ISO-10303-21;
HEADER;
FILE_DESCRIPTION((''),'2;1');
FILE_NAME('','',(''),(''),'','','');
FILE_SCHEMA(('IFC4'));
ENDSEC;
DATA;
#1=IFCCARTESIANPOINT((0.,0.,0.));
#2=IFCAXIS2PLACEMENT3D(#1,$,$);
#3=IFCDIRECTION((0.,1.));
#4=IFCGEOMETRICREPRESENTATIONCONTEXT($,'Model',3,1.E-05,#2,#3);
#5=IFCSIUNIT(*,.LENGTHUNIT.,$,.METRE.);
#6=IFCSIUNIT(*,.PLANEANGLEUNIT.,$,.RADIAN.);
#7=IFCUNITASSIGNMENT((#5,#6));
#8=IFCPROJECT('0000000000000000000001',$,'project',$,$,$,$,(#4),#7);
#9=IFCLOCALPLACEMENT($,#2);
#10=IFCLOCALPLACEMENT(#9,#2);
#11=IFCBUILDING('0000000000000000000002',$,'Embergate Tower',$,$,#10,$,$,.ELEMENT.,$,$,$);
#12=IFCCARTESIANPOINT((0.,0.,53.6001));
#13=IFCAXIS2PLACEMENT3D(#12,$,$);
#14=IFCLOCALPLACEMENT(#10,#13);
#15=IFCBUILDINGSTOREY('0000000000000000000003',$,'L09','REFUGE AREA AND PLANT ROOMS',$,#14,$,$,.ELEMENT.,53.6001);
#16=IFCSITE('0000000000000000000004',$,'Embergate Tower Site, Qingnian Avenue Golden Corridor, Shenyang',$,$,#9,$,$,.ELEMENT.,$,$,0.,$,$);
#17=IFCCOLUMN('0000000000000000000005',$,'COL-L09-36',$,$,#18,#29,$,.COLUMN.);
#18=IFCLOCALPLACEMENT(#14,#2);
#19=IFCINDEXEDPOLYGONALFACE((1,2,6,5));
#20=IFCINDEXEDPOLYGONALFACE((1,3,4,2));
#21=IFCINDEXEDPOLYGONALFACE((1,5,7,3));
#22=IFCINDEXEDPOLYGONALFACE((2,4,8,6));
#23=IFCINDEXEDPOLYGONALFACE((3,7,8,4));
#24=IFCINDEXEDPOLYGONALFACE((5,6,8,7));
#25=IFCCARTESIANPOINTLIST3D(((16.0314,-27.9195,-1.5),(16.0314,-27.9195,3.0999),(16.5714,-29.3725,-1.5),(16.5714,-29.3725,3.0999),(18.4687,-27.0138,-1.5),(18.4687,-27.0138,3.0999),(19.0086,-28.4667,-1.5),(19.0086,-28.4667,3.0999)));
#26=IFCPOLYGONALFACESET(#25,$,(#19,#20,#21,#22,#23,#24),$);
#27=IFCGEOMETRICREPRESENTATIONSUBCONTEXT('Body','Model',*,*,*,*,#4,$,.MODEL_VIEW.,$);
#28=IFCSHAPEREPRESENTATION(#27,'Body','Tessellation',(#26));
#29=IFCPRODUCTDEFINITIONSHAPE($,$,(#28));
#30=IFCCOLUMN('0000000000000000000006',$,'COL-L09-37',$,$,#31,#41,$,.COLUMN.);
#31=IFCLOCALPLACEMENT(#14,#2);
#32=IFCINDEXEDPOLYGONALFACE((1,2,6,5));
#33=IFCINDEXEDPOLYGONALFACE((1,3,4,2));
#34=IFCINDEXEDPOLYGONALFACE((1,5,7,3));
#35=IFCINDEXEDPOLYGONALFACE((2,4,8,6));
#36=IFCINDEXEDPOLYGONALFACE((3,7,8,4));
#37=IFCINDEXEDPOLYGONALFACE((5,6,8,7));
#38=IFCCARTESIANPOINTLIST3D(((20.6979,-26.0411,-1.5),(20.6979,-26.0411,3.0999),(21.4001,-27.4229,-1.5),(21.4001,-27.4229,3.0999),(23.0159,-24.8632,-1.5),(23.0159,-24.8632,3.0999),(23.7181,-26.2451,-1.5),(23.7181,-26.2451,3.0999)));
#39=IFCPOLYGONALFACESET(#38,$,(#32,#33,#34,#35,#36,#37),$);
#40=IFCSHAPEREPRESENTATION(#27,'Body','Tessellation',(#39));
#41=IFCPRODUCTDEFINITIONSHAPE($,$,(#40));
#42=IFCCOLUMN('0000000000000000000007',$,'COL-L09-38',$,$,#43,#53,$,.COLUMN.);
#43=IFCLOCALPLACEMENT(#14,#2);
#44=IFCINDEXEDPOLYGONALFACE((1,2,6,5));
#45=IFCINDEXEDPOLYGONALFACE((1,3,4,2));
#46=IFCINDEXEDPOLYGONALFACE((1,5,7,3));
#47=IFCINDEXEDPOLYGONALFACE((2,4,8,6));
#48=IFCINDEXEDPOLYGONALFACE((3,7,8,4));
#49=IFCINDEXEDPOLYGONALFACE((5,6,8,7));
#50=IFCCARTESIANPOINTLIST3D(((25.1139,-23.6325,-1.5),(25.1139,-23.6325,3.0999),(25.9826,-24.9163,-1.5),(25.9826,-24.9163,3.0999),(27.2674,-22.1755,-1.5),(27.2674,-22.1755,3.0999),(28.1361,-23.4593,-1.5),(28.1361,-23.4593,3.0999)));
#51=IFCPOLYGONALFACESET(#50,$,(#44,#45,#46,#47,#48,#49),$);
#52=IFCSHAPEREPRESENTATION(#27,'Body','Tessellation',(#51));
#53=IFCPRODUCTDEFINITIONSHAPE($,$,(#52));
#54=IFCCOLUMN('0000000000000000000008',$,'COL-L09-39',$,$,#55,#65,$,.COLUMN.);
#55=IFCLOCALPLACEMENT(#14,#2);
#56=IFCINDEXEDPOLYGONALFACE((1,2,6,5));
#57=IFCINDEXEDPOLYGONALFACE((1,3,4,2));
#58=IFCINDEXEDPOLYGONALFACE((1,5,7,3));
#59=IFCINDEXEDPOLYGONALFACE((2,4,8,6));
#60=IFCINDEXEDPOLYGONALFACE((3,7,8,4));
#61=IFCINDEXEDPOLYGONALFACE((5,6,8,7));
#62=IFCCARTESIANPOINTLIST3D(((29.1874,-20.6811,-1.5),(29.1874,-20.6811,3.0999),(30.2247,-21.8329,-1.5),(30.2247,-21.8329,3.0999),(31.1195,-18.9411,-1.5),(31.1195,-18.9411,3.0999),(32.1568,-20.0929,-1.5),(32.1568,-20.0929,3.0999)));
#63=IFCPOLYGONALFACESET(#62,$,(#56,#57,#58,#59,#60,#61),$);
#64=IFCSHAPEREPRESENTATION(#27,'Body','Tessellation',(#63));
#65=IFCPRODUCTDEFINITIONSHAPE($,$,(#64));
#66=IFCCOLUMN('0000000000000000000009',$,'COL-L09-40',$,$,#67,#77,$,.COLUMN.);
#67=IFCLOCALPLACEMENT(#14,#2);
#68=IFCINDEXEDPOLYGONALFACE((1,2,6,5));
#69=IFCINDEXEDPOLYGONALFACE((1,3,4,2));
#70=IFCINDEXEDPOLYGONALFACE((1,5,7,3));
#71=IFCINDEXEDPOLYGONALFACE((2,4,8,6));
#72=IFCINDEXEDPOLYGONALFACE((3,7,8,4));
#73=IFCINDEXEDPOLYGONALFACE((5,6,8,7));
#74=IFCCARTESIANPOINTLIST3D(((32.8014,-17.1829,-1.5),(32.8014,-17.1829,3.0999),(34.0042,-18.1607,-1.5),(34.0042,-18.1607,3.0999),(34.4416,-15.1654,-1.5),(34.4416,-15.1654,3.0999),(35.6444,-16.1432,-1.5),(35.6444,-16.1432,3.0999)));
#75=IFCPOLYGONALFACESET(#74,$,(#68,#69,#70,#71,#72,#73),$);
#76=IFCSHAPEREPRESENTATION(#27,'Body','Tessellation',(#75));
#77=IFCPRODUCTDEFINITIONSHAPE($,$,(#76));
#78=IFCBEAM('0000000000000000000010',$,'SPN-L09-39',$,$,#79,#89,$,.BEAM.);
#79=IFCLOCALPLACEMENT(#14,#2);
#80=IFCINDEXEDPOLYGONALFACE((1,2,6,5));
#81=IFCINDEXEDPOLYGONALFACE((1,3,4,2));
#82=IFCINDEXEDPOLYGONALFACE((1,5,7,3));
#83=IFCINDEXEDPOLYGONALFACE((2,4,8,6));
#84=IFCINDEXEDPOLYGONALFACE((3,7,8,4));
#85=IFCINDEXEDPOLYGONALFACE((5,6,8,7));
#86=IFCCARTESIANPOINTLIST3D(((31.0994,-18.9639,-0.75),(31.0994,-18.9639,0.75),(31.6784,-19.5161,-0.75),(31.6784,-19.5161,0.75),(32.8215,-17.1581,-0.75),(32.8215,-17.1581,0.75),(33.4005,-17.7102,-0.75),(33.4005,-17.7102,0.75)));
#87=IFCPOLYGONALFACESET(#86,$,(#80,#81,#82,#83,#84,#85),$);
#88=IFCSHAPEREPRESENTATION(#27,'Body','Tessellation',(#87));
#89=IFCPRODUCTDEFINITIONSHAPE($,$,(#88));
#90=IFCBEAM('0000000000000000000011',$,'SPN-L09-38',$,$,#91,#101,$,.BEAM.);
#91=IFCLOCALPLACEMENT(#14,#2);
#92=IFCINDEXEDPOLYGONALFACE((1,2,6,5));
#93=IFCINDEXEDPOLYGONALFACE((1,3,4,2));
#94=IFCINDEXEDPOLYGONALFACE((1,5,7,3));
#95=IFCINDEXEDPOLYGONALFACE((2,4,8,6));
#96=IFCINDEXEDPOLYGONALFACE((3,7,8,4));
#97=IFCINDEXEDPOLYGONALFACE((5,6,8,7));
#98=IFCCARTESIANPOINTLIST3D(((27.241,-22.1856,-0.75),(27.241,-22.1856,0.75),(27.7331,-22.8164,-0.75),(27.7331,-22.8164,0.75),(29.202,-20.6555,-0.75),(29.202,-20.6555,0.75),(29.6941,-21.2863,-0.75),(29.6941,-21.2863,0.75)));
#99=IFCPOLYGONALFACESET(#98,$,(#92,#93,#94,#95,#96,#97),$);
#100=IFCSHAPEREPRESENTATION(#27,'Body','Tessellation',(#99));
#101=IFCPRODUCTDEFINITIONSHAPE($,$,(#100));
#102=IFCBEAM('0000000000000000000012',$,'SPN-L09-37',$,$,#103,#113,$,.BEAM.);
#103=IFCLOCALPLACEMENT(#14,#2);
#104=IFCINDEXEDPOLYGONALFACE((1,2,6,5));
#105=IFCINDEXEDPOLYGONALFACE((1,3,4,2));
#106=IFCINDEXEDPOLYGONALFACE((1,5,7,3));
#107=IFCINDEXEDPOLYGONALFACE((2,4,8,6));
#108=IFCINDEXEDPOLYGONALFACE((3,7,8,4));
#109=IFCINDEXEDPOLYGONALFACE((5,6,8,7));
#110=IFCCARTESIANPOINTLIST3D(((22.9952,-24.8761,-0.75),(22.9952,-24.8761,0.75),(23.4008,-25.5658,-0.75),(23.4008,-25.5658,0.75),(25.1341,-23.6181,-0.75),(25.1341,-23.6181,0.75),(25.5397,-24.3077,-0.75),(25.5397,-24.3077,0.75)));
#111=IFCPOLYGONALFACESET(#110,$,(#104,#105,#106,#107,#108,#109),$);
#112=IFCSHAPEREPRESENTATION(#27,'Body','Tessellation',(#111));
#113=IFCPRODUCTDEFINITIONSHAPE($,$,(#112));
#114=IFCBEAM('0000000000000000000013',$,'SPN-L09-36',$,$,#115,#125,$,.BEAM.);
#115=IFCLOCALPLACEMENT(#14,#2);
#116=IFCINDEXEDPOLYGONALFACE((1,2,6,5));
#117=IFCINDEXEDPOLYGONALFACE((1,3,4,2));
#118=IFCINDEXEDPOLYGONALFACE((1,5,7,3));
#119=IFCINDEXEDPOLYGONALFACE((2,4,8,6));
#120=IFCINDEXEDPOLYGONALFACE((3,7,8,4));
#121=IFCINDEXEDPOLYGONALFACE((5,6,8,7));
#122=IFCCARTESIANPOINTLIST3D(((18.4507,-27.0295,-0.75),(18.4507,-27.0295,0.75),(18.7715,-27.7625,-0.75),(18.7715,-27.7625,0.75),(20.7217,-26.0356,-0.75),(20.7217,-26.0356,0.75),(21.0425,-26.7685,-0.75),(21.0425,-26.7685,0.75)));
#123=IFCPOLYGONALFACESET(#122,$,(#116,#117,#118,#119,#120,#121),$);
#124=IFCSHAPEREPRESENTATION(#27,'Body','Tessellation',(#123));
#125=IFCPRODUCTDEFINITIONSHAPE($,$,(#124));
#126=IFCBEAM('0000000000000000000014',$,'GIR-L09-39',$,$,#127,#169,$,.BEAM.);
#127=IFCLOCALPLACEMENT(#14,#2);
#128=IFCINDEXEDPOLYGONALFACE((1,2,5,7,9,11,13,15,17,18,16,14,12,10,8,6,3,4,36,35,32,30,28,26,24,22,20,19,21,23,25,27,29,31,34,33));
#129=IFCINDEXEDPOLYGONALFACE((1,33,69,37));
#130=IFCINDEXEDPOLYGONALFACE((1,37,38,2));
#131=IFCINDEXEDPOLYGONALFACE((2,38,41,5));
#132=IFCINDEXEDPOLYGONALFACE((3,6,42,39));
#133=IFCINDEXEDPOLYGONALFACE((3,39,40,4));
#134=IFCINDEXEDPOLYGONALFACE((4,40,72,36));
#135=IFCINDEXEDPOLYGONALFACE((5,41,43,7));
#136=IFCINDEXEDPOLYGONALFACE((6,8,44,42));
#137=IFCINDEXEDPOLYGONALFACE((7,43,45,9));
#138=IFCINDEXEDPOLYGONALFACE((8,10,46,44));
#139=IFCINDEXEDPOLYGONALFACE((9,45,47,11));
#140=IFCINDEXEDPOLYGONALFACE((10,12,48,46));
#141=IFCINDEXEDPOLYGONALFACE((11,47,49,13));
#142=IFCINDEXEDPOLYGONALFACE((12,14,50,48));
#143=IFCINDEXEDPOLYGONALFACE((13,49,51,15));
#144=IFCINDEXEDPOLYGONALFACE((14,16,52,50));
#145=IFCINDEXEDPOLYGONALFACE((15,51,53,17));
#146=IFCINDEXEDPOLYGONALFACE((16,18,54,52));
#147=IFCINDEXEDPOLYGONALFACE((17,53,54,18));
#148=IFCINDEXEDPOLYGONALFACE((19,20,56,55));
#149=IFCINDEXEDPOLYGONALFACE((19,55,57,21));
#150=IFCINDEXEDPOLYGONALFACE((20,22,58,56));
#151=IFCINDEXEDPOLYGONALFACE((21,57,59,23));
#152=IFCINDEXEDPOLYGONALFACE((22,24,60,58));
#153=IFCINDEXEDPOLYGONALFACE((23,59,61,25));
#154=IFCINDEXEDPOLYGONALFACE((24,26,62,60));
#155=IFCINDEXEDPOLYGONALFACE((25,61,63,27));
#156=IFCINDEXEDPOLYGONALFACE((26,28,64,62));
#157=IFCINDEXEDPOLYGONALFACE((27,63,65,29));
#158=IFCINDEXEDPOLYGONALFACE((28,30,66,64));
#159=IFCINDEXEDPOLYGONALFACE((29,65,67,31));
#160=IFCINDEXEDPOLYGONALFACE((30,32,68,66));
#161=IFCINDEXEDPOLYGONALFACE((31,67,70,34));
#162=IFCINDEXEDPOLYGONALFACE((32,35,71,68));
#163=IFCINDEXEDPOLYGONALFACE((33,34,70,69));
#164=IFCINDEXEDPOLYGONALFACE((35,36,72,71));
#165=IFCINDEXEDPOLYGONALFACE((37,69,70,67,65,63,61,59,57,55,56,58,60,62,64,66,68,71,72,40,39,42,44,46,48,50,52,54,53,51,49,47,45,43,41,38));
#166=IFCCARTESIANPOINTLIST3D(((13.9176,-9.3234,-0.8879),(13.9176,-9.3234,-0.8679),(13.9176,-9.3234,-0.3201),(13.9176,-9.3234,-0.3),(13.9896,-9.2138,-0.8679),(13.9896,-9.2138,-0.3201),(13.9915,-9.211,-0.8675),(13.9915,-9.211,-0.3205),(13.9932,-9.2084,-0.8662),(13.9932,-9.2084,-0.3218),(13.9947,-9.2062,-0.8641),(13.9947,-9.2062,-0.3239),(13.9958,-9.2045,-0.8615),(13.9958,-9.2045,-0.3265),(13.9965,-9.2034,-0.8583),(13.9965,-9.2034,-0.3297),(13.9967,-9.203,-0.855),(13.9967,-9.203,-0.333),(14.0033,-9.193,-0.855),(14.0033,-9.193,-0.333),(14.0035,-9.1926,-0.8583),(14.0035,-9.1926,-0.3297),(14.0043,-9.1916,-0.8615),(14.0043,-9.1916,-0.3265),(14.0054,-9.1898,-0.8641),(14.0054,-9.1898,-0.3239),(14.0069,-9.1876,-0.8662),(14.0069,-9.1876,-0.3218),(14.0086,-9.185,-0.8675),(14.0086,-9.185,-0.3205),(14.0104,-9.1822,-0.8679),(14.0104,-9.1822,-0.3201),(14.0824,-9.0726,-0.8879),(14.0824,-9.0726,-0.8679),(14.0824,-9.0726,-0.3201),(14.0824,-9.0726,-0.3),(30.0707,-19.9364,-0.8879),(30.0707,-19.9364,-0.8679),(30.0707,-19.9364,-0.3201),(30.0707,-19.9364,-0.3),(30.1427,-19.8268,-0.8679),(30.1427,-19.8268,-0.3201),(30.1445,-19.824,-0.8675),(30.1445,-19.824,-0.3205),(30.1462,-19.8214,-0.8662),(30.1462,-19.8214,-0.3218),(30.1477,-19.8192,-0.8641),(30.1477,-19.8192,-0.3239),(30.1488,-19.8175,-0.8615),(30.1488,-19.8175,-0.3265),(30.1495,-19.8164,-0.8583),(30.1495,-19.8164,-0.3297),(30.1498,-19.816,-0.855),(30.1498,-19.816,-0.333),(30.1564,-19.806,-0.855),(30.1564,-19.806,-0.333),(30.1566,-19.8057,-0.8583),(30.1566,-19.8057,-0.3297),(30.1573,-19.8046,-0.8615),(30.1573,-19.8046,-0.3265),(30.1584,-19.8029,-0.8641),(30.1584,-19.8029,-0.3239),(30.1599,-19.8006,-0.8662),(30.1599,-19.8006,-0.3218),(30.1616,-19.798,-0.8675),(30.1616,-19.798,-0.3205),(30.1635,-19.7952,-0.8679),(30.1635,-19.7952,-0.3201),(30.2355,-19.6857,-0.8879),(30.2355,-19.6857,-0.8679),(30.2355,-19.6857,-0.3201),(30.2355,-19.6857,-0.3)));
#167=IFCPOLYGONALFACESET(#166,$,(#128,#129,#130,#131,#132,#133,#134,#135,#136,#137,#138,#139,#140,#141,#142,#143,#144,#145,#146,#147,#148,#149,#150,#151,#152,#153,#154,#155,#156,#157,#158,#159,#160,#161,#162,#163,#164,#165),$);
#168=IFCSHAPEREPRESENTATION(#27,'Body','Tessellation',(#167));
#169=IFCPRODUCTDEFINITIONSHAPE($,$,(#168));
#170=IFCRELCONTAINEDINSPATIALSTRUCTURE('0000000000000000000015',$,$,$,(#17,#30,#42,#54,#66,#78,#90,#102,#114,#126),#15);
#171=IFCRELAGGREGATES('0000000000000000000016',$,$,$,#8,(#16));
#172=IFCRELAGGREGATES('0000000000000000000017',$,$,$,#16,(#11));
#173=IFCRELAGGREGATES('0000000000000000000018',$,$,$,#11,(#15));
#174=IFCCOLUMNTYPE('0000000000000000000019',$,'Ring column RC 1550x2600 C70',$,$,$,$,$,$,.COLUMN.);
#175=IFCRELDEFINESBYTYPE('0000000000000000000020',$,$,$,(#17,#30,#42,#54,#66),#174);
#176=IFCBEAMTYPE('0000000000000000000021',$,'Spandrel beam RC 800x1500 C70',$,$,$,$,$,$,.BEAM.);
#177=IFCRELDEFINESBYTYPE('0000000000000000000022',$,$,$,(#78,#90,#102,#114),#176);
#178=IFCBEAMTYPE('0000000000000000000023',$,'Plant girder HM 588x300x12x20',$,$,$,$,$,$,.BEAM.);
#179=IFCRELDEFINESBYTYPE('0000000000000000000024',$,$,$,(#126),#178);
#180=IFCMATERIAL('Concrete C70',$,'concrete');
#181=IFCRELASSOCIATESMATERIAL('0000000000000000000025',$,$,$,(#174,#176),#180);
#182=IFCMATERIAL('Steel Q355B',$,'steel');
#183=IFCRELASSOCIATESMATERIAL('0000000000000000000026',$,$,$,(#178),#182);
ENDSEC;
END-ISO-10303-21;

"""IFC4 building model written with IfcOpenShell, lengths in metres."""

from ifc_helpers import new_model, si_unit, direction, frame, origin, origin_2d, place, context, subcontext, project, spatial, rectangle, i_section, extrude, source, transform, mapped, material, material_profile, profile_set, type_object, element, save


model = new_model("IFC4")

# Units and contexts
model_context = context("Model", 3, precision=1e-05, world=origin(), true_north=direction((0.0, 1.0)))
body_context = subcontext(model_context, "Body", "Model", "MODEL_VIEW")
ifc_project = project(units=[si_unit("LENGTHUNIT", "METRE"), si_unit("PLANEANGLEUNIT", "RADIAN")], contexts=[model_context])

# Site, building, storey
site_placement = place(None, origin())
site = spatial("IfcSite", under=ifc_project, at=site_placement, Name="Embergate Tower Site, Qingnian Avenue Golden Corridor, Shenyang", CompositionType="ELEMENT", RefElevation=0.0)
building_placement = place(site_placement, origin())
building = spatial("IfcBuilding", under=site, at=building_placement, Name="Embergate Tower", CompositionType="ELEMENT")
storey_placement = place(building_placement, frame((0.0, 0.0, 53.6001)))
storey = spatial("IfcBuildingStorey", under=building, at=storey_placement, Name="L09", Description="REFUGE AREA AND PLANT ROOMS", CompositionType="ELEMENT", Elevation=53.6001)

# Columns
ifc_material_1 = material(Name="Concrete C70", Category="concrete")
ifc_material_profile_1 = material_profile(ifc_material_1, rectangle(XDim=1.55, YDim=2.6001, at=origin_2d()), Name="RC 1550x2600")
ifc_profile_set_1 = profile_set([ifc_material_profile_1], Name="Concrete C70")
column_type = type_object("IfcColumnType", Name="Ring column RC 1550x2600 C70", PredefinedType="COLUMN", material=ifc_profile_set_1)
shared_shape_1 = source(origin(), body_context, "Body", "SweptSolid", [
    extrude(rectangle(XDim=1.55, YDim=2.6001, at=origin_2d()), origin(), (0.0, 0.0, 1.0), 4.5999),
])
for number, where, z_axis, x_axis, name in (
    (1, (17.52, -28.1931, -1.5), (0.0, 0.0, 1.0), (0.348343, -0.937367, 0.0), "COL-L09-36"),
    (2, (22.208, -26.1431, -1.5), (0.0, 0.0, 1.0), (0.453011, -0.891505, 0.0), "COL-L09-37"),
    (3, (26.625, -23.5459, -1.5), (0.0, 0.0, 1.0), (0.560393, -0.828227, 0.0), "COL-L09-38"),
    (4, (30.6721, -20.387, -1.5), (0.0, 0.0, 1.0), (0.669208, -0.743075, 0.0), "COL-L09-39"),
    (5, (34.2229, -16.6631, -1.5), (0.0, 0.0, 1.0), (0.775925, -0.630825, 0.0), "COL-L09-40"),
):
    element("IfcColumn", number, at=place(storey_placement, frame(where, z_axis=z_axis, x_axis=x_axis)), inside=storey, type_object=column_type, Name=name, PredefinedType="COLUMN", context=body_context, shape_type="MappedRepresentation", body=[
        mapped(shared_shape_1, transform((0.0, 0.0, 0.0))),
    ])

# Beams
ifc_material_profile_2 = material_profile(ifc_material_1, rectangle(XDim=0.8, YDim=1.5, at=origin_2d()), Name="RC 800x1500")
ifc_profile_set_2 = profile_set([ifc_material_profile_2], Name="Concrete C70")
beam_type_1 = type_object("IfcBeamType", Name="Spandrel beam RC 800x1500 C70", PredefinedType="BEAM", material=ifc_profile_set_2)
shared_shape_2 = source(origin(), body_context, "Body", "SweptSolid", [
    extrude(rectangle(XDim=0.8, YDim=1.5, at=origin_2d()), origin(), (0.0, 0.0, 1.0), 2.4954),
])
beam_1_placement = place(storey_placement, frame((31.3889, -19.24, 0.0), z_axis=(0.690129, 0.723686, 0.0), x_axis=(-0.723686, 0.690129, 0.0)))
element("IfcBeam", 6, at=beam_1_placement, inside=storey, type_object=beam_type_1, Name="SPN-L09-39", PredefinedType="BEAM", context=body_context, shape_type="MappedRepresentation", body=[
    mapped(shared_shape_2, transform((0.0, 0.0, 0.0))),
])
shared_shape_3 = source(origin(), body_context, "Body", "SweptSolid", [
    extrude(rectangle(XDim=0.8, YDim=1.5, at=origin_2d()), origin(), (0.0, 0.0, 1.0), 2.4873),
])
beam_2_placement = place(storey_placement, frame((27.4871, -22.501, 0.0), z_axis=(0.788405, 0.615156, 0.0), x_axis=(-0.615156, 0.788405, 0.0)))
element("IfcBeam", 7, at=beam_2_placement, inside=storey, type_object=beam_type_1, Name="SPN-L09-38", PredefinedType="BEAM", context=body_context, shape_type="MappedRepresentation", body=[
    mapped(shared_shape_3, transform((0.0, 0.0, 0.0))),
])
shared_shape_4 = source(origin(), body_context, "Body", "SweptSolid", [
    extrude(rectangle(XDim=0.8, YDim=1.5, at=origin_2d()), origin(), (0.0, 0.0, 1.0), 2.4814),
])
beam_3_placement = place(storey_placement, frame((23.198, -25.2209, 0.0), z_axis=(0.861957, 0.506981, 0.0), x_axis=(-0.506981, 0.861957, 0.0)))
element("IfcBeam", 8, at=beam_3_placement, inside=storey, type_object=beam_type_1, Name="SPN-L09-37", PredefinedType="BEAM", context=body_context, shape_type="MappedRepresentation", body=[
    mapped(shared_shape_4, transform((0.0, 0.0, 0.0))),
])
shared_shape_5 = source(origin(), body_context, "Body", "SweptSolid", [
    extrude(rectangle(XDim=0.8, YDim=1.5, at=origin_2d()), origin(), (0.0, 0.0, 1.0), 2.479),
])
beam_4_placement = place(storey_placement, frame((18.6111, -27.396, 0.0), z_axis=(0.916108, 0.400932, 0.0), x_axis=(-0.400932, 0.916108, 0.0)))
element("IfcBeam", 9, at=beam_4_placement, inside=storey, type_object=beam_type_1, Name="SPN-L09-36", PredefinedType="BEAM", context=body_context, shape_type="MappedRepresentation", body=[
    mapped(shared_shape_5, transform((0.0, 0.0, 0.0))),
])
ifc_material_2 = material(Name="Steel Q355B", Category="steel")
ifc_material_profile_3 = material_profile(ifc_material_2, i_section(OverallWidth=0.3, OverallDepth=0.5879, WebThickness=0.012, FlangeThickness=0.02, FilletRadius=0.0129, at=origin_2d()), Name="HM 588x300x12x20")
ifc_profile_set_3 = profile_set([ifc_material_profile_3], Name="Steel Q355 grade B")
beam_type_2 = type_object("IfcBeamType", Name="Plant girder HM 588x300x12x20", PredefinedType="BEAM", material=ifc_profile_set_3)
shared_shape_6 = source(origin(), body_context, "Body", "SweptSolid", [
    extrude(i_section(OverallWidth=0.3, OverallDepth=0.5879, WebThickness=0.012, FlangeThickness=0.02, FilletRadius=0.0129, at=origin_2d()), origin(), (0.0, 0.0, 1.0), 19.3276),
])
beam_5_placement = place(storey_placement, frame((30.1531, -19.811, -0.594), z_axis=(-0.835749, 0.549111, 0.0), x_axis=(-0.549111, -0.835749, 0.0)))
element("IfcBeam", 10, at=beam_5_placement, inside=storey, type_object=beam_type_2, Name="GIR-L09-39", PredefinedType="BEAM", context=body_context, shape_type="MappedRepresentation", body=[
    mapped(shared_shape_6, transform((0.0, 0.0, 0.0))),
])

save(model, "model.ifc")
